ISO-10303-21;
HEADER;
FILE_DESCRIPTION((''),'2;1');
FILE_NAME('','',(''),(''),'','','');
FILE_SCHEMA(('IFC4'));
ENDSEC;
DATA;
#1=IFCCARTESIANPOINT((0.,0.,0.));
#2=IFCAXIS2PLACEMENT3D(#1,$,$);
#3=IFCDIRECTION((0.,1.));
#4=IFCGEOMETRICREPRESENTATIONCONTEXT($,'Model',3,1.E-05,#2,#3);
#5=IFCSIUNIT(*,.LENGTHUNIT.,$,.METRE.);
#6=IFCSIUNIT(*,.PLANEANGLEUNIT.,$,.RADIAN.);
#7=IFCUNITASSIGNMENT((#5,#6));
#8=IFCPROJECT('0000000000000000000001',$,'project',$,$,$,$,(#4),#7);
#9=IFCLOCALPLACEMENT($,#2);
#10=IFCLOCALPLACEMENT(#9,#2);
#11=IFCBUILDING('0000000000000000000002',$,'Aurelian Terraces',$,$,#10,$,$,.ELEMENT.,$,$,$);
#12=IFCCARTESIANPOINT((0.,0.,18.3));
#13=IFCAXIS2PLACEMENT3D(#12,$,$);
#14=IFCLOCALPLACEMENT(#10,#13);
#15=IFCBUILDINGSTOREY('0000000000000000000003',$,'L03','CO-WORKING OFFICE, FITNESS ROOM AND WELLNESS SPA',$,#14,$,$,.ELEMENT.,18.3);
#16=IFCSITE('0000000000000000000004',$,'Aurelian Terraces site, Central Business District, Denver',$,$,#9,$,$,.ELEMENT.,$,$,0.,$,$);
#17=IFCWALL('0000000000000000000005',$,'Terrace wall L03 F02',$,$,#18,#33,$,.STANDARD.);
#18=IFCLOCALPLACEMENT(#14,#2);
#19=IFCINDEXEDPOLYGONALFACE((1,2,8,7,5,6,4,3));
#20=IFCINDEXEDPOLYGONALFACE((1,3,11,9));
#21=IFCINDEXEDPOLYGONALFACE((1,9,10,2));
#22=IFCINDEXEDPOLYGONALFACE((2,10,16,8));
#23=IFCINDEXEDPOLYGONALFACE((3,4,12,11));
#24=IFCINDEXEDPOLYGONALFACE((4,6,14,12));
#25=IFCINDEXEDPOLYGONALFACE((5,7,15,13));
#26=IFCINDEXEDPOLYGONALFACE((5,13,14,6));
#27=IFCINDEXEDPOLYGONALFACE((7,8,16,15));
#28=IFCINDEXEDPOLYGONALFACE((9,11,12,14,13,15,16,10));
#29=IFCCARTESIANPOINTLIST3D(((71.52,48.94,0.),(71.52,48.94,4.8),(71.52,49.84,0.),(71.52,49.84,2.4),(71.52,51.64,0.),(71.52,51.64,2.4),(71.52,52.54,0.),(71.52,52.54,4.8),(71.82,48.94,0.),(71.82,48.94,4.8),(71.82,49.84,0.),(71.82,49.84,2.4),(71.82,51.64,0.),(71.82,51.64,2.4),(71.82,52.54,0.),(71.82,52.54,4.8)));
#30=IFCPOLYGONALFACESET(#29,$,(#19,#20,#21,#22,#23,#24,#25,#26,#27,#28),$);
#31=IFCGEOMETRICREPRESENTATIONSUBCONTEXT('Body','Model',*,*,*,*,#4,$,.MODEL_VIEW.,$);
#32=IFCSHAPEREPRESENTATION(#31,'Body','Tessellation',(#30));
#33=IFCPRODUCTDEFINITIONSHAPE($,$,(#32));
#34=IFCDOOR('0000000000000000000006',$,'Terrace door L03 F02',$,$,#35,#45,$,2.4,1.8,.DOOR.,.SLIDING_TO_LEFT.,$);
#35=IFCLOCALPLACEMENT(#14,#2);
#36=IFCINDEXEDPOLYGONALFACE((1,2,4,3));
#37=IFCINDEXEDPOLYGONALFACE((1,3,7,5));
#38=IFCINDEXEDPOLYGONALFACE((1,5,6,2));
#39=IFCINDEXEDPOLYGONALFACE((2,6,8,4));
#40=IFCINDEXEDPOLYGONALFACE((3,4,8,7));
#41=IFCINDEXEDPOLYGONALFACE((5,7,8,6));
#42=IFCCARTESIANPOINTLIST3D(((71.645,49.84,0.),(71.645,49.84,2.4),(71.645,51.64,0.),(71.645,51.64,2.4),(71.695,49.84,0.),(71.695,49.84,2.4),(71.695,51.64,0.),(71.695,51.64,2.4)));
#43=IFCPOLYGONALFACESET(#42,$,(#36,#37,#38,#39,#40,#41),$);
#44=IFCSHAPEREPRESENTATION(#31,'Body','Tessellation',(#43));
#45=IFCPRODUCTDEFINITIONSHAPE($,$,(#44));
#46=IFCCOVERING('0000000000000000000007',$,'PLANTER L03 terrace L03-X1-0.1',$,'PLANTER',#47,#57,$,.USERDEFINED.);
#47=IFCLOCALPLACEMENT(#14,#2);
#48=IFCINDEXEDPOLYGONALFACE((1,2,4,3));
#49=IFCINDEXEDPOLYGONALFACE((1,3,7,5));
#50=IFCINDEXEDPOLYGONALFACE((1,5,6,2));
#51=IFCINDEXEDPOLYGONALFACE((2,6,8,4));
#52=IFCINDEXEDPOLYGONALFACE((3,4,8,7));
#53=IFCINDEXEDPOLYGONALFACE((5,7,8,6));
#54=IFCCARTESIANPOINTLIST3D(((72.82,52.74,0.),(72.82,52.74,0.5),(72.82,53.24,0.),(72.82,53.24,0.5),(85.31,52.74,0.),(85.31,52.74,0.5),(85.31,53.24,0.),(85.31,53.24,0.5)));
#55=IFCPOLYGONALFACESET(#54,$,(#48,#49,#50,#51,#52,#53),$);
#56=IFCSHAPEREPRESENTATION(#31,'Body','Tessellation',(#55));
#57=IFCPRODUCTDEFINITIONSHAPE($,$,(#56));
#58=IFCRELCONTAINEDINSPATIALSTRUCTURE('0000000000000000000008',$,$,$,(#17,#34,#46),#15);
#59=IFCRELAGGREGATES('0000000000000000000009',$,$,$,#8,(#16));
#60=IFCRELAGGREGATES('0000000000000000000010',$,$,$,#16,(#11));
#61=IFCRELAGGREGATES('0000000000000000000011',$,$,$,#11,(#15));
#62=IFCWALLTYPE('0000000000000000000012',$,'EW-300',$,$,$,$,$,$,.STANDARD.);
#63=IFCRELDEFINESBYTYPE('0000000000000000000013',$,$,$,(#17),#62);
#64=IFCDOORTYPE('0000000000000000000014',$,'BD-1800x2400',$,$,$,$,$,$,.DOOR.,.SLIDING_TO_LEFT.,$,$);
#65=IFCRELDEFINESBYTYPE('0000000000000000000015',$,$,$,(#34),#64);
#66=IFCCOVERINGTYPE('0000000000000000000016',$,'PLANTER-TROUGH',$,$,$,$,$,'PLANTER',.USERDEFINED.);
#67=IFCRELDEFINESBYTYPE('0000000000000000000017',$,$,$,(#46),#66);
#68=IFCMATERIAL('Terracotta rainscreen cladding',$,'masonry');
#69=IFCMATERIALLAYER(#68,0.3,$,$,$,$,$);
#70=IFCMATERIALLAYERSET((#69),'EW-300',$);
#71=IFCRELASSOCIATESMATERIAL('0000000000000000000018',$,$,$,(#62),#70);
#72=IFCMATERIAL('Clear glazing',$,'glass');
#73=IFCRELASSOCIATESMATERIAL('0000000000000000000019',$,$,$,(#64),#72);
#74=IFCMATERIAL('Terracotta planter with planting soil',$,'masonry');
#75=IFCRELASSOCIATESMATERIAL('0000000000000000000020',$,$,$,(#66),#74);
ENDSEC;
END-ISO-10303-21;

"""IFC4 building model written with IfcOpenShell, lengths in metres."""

from ifc_helpers import new_model, si_unit, direction, frame, frame_2d, origin, origin_2d, place, context, subcontext, project, spatial, rectangle, extrude, source, transform, mapped, material, layer, layer_set, type_object, element, fill, save


model = new_model("IFC4")

# Units and contexts
model_context = context("Model", 3, precision=1e-05, world=origin(), true_north=direction((0.0, 1.0)))
body_context = subcontext(model_context, "Body", "Model", "MODEL_VIEW")
ifc_project = project(units=[si_unit("LENGTHUNIT", "METRE"), si_unit("PLANEANGLEUNIT", "RADIAN")], contexts=[model_context])

# Site, building, storey
site_placement = place(None, origin())
site = spatial("IfcSite", under=ifc_project, at=site_placement, Name="Aurelian Terraces site, Central Business District, Denver", CompositionType="ELEMENT", RefElevation=0.0)
building_placement = place(site_placement, origin())
building = spatial("IfcBuilding", under=site, at=building_placement, Name="Aurelian Terraces", CompositionType="ELEMENT")
storey_placement = place(building_placement, frame((0.0, 0.0, 18.3)))
storey = spatial("IfcBuildingStorey", under=building, at=storey_placement, Name="L03", Description="CO-WORKING OFFICE, FITNESS ROOM AND WELLNESS SPA", CompositionType="ELEMENT", Elevation=18.3)

# Shared definitions
ifc_material_1 = material(Name="Clear glazing", Category="glass")

# Wall, opening, door
ifc_material_2 = material(Name="Terracotta rainscreen cladding", Category="masonry")
ifc_layer_1 = layer(ifc_material_2, 0.3)
ifc_layer_set_1 = layer_set([ifc_layer_1], Name="EW-300")
wall_type = type_object("IfcWallType", Name="EW-300", PredefinedType="STANDARD", material=ifc_layer_set_1)
shared_shape_1 = source(origin(), body_context, "Body", "SweptSolid", [
    extrude(rectangle(XDim=3.6, YDim=0.3, at=frame_2d((1.8, 0.0))), origin(), (0.0, 0.0, 1.0), 4.8),
])
wall_placement = place(storey_placement, frame((71.67, 48.94, 0.0), z_axis=(0.0, 0.0, 1.0), x_axis=(0.0, 1.0, 0.0)))
wall = element("IfcWall", 1, at=wall_placement, inside=storey, type_object=wall_type, Name="Terrace wall L03 F02", PredefinedType="STANDARD", context=body_context, shape_type="MappedRepresentation", body=[
    mapped(shared_shape_1, transform((0.0, 0.0, 0.0), scale=1.0)),
])
shared_shape_2 = source(origin(), body_context, "Body", "SweptSolid", [
    extrude(rectangle(XDim=1.8, YDim=2.4, at=frame_2d((0.9, 1.2))), frame((0.0, 0.16, 0.0), z_axis=(0.0, -1.0, 0.0), x_axis=(1.0, 0.0, 0.0)), (0.0, 0.0, 1.0), 0.32),
])
opening_placement = place(wall_placement, frame((0.9, 0.0, 0.0)))
opening = element("IfcOpeningElement", 2, at=opening_placement, cuts=wall, PredefinedType="OPENING", context=body_context, shape_type="MappedRepresentation", body=[
    mapped(shared_shape_2, transform((0.0, 0.0, 0.0), scale=1.0)),
])
door_type = type_object("IfcDoorType", Name="BD-1800x2400", OperationType="SLIDING_TO_LEFT", PredefinedType="DOOR", material=ifc_material_1)
shared_shape_3 = source(origin(), body_context, "Body", "SweptSolid", [
    extrude(rectangle(XDim=1.8, YDim=2.4, at=frame_2d((0.9, 1.2))), frame((0.0, 0.025, 0.0), z_axis=(0.0, -1.0, 0.0), x_axis=(1.0, 0.0, 0.0)), (0.0, 0.0, 1.0), 0.05),
])
door_placement = place(opening_placement, origin())
door = element("IfcDoor", 3, at=door_placement, inside=storey, type_object=door_type, Name="Terrace door L03 F02", OperationType="SLIDING_TO_LEFT", OverallHeight=2.4, OverallWidth=1.8, PredefinedType="DOOR", context=body_context, shape_type="MappedRepresentation", body=[
    mapped(shared_shape_3, transform((0.0, 0.0, 0.0), scale=1.0)),
])
fill(opening, door)

# Covering
ifc_material_3 = material(Name="Terracotta planter with planting soil", Category="masonry")
covering_type = type_object("IfcCoveringType", Name="PLANTER-TROUGH", ElementType="PLANTER", PredefinedType="USERDEFINED", material=ifc_material_3)
covering_placement = place(storey_placement, frame((79.065, 52.99, 0.0), z_axis=(0.0, 0.0, 1.0), x_axis=(1.0, 0.0, 0.0)))
element("IfcCovering", 4, at=covering_placement, inside=storey, type_object=covering_type, Name="PLANTER L03 terrace L03-X1-0.1", ObjectType="PLANTER", PredefinedType="USERDEFINED", context=body_context, shape_type="SweptSolid", body=[
    extrude(rectangle(XDim=12.49, YDim=0.5, at=origin_2d()), origin(), (0.0, 0.0, 1.0), 0.5),
])

save(model, "model.ifc")
